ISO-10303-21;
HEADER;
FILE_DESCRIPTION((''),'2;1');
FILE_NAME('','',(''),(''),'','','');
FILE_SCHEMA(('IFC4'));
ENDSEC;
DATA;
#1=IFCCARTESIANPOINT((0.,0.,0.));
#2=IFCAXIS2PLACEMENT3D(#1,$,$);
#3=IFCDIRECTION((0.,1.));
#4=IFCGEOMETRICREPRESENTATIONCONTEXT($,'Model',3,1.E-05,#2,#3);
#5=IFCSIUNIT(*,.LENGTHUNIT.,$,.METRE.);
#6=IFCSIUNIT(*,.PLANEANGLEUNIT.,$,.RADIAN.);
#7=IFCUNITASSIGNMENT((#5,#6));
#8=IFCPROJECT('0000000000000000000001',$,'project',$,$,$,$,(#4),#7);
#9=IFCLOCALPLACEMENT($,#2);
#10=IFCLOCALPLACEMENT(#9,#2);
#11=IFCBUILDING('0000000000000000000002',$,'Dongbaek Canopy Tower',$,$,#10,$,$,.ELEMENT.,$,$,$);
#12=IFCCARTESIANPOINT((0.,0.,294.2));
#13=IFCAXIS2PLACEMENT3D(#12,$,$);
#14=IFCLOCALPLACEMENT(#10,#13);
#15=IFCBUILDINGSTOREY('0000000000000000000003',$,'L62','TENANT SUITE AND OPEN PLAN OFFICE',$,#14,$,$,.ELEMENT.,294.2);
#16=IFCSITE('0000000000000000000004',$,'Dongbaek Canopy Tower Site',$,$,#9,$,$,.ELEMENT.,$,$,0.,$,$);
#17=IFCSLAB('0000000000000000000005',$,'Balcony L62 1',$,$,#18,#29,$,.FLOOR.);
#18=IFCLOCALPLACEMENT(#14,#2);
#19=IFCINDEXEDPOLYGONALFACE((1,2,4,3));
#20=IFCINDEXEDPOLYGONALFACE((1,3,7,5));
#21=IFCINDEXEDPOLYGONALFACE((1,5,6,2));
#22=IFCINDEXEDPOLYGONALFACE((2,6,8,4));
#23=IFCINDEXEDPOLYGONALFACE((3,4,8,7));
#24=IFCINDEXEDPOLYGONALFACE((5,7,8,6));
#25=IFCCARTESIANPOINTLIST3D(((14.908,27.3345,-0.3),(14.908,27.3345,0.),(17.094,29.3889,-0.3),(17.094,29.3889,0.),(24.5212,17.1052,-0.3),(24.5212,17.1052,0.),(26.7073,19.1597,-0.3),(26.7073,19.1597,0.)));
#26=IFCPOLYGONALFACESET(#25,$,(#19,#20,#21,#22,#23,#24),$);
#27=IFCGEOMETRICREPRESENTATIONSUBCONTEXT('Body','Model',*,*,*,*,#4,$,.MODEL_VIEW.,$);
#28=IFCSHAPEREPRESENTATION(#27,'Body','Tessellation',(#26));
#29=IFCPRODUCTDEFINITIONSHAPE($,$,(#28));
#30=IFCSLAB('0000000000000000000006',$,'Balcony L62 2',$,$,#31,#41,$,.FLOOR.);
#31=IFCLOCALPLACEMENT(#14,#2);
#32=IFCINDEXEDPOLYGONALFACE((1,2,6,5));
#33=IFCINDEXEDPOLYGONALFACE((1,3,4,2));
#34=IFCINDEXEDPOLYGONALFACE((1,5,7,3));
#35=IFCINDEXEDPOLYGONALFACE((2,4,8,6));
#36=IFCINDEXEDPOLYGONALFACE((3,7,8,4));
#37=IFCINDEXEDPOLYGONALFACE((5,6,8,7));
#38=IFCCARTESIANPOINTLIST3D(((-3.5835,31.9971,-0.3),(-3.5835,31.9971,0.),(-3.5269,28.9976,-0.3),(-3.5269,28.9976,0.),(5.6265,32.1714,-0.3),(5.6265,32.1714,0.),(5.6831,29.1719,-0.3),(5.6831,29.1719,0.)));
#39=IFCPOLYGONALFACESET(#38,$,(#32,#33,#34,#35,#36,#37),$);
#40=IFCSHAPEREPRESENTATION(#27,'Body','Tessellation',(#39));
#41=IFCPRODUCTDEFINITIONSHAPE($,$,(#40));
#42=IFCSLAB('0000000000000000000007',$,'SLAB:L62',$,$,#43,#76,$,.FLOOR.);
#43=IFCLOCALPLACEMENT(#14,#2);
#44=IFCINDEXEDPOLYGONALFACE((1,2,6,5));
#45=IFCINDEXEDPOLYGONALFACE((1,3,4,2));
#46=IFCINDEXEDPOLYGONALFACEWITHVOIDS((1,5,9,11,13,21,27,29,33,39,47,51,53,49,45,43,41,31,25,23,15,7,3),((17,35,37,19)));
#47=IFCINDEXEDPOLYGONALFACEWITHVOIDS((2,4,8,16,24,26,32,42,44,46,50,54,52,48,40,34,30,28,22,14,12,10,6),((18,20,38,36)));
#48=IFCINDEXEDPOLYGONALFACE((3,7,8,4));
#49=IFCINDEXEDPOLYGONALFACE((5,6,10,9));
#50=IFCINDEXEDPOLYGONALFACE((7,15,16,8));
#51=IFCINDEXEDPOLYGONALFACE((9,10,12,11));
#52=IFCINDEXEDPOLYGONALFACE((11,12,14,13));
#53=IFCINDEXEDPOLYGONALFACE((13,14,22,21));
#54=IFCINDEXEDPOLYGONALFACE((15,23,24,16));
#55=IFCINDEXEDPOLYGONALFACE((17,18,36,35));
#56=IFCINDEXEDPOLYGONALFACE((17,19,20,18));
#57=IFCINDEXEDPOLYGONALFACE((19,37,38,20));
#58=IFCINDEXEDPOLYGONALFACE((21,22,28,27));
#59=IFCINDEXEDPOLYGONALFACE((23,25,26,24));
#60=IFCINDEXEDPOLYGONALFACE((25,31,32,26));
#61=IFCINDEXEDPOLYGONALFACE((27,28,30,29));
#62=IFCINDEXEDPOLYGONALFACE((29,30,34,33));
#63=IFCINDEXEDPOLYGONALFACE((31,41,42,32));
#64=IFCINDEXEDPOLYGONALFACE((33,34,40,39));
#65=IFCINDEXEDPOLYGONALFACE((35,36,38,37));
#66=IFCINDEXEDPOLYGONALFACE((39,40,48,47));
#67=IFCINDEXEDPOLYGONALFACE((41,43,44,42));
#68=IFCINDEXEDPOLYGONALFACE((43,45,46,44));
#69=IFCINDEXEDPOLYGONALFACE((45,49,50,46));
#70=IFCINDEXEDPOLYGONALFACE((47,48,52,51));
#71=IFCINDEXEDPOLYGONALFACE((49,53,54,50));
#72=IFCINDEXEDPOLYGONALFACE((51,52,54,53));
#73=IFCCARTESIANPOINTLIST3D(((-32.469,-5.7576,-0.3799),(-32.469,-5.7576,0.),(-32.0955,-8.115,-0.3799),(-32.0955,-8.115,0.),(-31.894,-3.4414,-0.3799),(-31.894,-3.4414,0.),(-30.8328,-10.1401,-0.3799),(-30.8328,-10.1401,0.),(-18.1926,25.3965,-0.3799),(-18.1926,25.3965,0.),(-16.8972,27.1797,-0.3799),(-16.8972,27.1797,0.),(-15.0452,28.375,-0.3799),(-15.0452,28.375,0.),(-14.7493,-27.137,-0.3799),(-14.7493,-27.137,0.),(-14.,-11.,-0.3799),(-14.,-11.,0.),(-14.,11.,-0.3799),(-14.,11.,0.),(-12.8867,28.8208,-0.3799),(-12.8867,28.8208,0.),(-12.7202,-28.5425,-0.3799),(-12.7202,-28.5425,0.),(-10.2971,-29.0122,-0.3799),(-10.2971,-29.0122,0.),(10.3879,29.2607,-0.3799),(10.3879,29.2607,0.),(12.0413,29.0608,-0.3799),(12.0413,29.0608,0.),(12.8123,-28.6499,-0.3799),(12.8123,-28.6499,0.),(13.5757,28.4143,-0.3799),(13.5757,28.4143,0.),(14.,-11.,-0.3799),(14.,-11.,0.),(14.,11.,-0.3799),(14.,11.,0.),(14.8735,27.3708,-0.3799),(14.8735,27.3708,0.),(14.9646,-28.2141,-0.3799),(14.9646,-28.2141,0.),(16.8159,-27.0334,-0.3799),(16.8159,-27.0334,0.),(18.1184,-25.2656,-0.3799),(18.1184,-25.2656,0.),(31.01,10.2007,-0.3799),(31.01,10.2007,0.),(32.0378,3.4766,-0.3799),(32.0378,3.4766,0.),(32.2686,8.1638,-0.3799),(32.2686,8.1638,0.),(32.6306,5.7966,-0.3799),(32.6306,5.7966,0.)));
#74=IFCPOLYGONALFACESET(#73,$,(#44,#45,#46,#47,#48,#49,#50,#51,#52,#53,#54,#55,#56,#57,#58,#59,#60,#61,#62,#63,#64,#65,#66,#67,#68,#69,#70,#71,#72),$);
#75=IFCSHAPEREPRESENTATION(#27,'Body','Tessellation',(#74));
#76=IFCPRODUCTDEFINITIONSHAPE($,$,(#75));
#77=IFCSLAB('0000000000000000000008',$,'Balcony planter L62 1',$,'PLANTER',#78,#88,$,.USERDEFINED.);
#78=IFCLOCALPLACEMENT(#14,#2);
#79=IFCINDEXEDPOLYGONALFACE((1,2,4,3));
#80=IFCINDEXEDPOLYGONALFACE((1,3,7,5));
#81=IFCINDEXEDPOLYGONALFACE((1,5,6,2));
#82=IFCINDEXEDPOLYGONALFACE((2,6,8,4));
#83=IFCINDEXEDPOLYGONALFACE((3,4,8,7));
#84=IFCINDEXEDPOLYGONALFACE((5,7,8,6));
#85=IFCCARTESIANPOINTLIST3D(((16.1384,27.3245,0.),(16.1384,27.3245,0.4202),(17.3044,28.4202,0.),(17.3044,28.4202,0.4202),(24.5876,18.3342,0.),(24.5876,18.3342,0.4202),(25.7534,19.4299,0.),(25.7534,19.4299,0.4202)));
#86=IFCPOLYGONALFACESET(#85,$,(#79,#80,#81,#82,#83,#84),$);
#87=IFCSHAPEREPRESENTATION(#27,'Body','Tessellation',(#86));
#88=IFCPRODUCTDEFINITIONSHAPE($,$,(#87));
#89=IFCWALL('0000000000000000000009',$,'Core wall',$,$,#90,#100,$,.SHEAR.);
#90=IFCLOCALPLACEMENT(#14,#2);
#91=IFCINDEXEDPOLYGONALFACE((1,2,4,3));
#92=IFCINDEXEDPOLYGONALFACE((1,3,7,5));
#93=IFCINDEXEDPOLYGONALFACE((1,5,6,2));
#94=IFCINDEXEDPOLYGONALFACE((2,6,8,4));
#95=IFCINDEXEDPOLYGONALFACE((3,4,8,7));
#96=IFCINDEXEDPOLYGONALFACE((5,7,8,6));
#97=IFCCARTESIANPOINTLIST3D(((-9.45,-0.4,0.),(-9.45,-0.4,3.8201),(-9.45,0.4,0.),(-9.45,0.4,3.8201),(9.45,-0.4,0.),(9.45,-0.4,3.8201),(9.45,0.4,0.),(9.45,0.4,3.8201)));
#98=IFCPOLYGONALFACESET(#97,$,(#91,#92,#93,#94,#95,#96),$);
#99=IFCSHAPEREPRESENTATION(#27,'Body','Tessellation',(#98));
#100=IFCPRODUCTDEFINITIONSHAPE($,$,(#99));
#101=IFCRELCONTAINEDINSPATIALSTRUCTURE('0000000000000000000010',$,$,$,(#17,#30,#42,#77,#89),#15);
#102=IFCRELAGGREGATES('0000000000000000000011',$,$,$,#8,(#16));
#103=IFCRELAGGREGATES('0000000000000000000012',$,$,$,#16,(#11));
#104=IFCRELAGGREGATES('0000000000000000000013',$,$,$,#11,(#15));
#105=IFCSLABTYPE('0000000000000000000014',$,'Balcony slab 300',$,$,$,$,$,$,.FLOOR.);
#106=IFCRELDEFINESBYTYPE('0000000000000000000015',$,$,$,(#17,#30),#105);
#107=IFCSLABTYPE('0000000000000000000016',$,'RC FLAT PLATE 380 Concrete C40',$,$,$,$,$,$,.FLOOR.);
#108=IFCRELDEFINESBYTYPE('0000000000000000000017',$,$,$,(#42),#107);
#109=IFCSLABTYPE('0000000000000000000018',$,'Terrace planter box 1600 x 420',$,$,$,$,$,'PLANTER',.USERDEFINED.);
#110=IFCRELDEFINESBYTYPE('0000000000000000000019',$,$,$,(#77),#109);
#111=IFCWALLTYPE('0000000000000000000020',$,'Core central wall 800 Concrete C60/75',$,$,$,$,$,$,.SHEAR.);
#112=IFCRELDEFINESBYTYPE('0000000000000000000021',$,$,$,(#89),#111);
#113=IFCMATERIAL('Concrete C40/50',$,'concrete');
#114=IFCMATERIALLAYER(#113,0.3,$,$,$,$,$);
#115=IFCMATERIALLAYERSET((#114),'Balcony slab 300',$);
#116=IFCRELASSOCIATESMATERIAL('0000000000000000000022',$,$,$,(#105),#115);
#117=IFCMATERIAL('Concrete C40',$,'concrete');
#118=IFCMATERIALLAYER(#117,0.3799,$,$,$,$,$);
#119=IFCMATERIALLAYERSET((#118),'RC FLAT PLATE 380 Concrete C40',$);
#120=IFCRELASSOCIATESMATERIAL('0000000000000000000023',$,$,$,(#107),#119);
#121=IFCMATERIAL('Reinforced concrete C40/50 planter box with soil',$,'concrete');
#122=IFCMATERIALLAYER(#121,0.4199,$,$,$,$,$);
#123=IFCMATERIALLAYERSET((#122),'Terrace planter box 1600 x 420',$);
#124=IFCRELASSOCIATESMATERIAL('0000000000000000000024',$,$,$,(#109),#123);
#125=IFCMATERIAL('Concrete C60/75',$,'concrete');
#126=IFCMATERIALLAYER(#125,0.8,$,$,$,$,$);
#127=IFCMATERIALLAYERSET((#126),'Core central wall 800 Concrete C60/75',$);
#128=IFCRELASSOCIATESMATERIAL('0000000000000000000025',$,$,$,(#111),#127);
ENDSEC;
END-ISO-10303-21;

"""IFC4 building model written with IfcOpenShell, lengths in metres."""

from ifc_helpers import new_model, si_unit, direction, frame, frame_2d, origin, place, context, subcontext, project, spatial, polyline, rectangle, outline, extrude, material, layer, layer_set, type_object, element, save


model = new_model("IFC4")

# Units and contexts
model_context = context("Model", 3, precision=1e-05, world=origin(), true_north=direction((0.0, 1.0)))
body_context = subcontext(model_context, "Body", "Model", "MODEL_VIEW")
ifc_project = project(units=[si_unit("LENGTHUNIT", "METRE"), si_unit("PLANEANGLEUNIT", "RADIAN")], contexts=[model_context])

# Site, building, storey
site_placement = place(None, origin())
site = spatial("IfcSite", under=ifc_project, at=site_placement, Name="Dongbaek Canopy Tower Site", CompositionType="ELEMENT", RefElevation=0.0)
building_placement = place(site_placement, origin())
building = spatial("IfcBuilding", under=site, at=building_placement, Name="Dongbaek Canopy Tower", CompositionType="ELEMENT")
storey_placement = place(building_placement, frame((0.0, 0.0, 294.2)))
storey = spatial("IfcBuildingStorey", under=building, at=storey_placement, Name="L62", Description="TENANT SUITE AND OPEN PLAN OFFICE", CompositionType="ELEMENT", Elevation=294.2)

# Slabs
ifc_material_1 = material(Name="Concrete C40/50", Category="concrete")
ifc_layer_1 = layer(ifc_material_1, 0.3)
ifc_layer_set_1 = layer_set([ifc_layer_1], Name="Balcony slab 300")
slab_type_1 = type_object("IfcSlabType", Name="Balcony slab 300", PredefinedType="FLOOR", material=ifc_layer_set_1)
slab_1_placement = place(storey_placement, frame((0.0, 0.0, -0.3)))
element("IfcSlab", 1, at=slab_1_placement, inside=storey, type_object=slab_type_1, Name="Balcony L62 1", PredefinedType="FLOOR", context=body_context, shape_type="SweptSolid", body=[
    extrude(outline(polyline([(24.5212, 17.1052), (14.908, 27.3345), (17.094, 29.3889), (26.7073, 19.1597), (24.5212, 17.1052)])), origin(), (0.0, 0.0, 1.0), 0.3),
])
slab_2_placement = place(storey_placement, frame((0.0, 0.0, -0.3)))
element("IfcSlab", 2, at=slab_2_placement, inside=storey, type_object=slab_type_1, Name="Balcony L62 2", PredefinedType="FLOOR", context=body_context, shape_type="SweptSolid", body=[
    extrude(outline(polyline([(5.6831, 29.1719), (-3.5269, 28.9976), (-3.5835, 31.9971), (5.6265, 32.1714), (5.6831, 29.1719)])), origin(), (0.0, 0.0, 1.0), 0.3),
])
ifc_material_2 = material(Name="Concrete C40", Category="concrete")
ifc_layer_2 = layer(ifc_material_2, 0.3799)
ifc_layer_set_2 = layer_set([ifc_layer_2], Name="RC FLAT PLATE 380 Concrete C40")
slab_type_2 = type_object("IfcSlabType", Name="RC FLAT PLATE 380 Concrete C40", PredefinedType="FLOOR", material=ifc_layer_set_2)
slab_3_placement = place(storey_placement, frame((0.0, 0.0, -0.3799)))
element("IfcSlab", 3, at=slab_3_placement, inside=storey, type_object=slab_type_2, Name="SLAB:L62", PredefinedType="FLOOR", context=body_context, shape_type="SweptSolid", body=[
    extrude(outline(polyline([(18.1184, -25.2656), (16.8159, -27.0334), (14.9646, -28.2141), (12.8123, -28.6499), (-10.2971, -29.0122), (-12.7202, -28.5425), (-14.7493, -27.137), (-30.8328, -10.1401), (-32.0955, -8.115), (-32.469, -5.7576), (-31.894, -3.4414), (-18.1926, 25.3965), (-16.8972, 27.1797), (-15.0452, 28.375), (-12.8867, 28.8208), (10.3879, 29.2607), (12.0413, 29.0608), (13.5757, 28.4143), (14.8735, 27.3708), (31.01, 10.2007), (32.2686, 8.1638), (32.6306, 5.7966), (32.0378, 3.4766), (18.1184, -25.2656)]), holes=[polyline([(14.0, 11.0), (-14.0, 11.0), (-14.0, -11.0), (14.0, -11.0), (14.0, 11.0)])]), origin(), (0.0, 0.0, 1.0), 0.3799),
])
ifc_material_3 = material(Name="Reinforced concrete C40/50 planter box with soil", Category="concrete")
ifc_layer_3 = layer(ifc_material_3, 0.4199)
ifc_layer_set_3 = layer_set([ifc_layer_3], Name="Terrace planter box 1600 x 420")
slab_type_3 = type_object("IfcSlabType", Name="Terrace planter box 1600 x 420", ElementType="PLANTER", PredefinedType="USERDEFINED", material=ifc_layer_set_3)
slab_4_placement = place(storey_placement, origin())
element("IfcSlab", 4, at=slab_4_placement, inside=storey, type_object=slab_type_3, Name="Balcony planter L62 1", ObjectType="PLANTER", PredefinedType="USERDEFINED", context=body_context, shape_type="SweptSolid", body=[
    extrude(outline(polyline([(24.5876, 18.3342), (16.1384, 27.3245), (17.3044, 28.4202), (25.7534, 19.4299), (24.5876, 18.3342)])), origin(), (0.0, 0.0, 1.0), 0.4202),
])

# Wall
ifc_material_4 = material(Name="Concrete C60/75", Category="concrete")
ifc_layer_4 = layer(ifc_material_4, 0.8)
ifc_layer_set_4 = layer_set([ifc_layer_4], Name="Core central wall 800 Concrete C60/75")
wall_type_1 = type_object("IfcWallType", Name="Core central wall 800 Concrete C60/75", PredefinedType="SHEAR", material=ifc_layer_set_4)
wall_1_placement = place(storey_placement, frame((-9.45, 0.0, 0.0), z_axis=(0.0, 0.0, 1.0), x_axis=(1.0, 0.0, 0.0)))
element("IfcWall", 5, at=wall_1_placement, inside=storey, type_object=wall_type_1, Name="Core wall", PredefinedType="SHEAR", context=body_context, shape_type="SweptSolid", body=[
    extrude(rectangle(XDim=18.8999, YDim=0.8, at=frame_2d((9.45, 0.0))), origin(), (0.0, 0.0, 1.0), 3.8201),
])

save(model, "model.ifc")
